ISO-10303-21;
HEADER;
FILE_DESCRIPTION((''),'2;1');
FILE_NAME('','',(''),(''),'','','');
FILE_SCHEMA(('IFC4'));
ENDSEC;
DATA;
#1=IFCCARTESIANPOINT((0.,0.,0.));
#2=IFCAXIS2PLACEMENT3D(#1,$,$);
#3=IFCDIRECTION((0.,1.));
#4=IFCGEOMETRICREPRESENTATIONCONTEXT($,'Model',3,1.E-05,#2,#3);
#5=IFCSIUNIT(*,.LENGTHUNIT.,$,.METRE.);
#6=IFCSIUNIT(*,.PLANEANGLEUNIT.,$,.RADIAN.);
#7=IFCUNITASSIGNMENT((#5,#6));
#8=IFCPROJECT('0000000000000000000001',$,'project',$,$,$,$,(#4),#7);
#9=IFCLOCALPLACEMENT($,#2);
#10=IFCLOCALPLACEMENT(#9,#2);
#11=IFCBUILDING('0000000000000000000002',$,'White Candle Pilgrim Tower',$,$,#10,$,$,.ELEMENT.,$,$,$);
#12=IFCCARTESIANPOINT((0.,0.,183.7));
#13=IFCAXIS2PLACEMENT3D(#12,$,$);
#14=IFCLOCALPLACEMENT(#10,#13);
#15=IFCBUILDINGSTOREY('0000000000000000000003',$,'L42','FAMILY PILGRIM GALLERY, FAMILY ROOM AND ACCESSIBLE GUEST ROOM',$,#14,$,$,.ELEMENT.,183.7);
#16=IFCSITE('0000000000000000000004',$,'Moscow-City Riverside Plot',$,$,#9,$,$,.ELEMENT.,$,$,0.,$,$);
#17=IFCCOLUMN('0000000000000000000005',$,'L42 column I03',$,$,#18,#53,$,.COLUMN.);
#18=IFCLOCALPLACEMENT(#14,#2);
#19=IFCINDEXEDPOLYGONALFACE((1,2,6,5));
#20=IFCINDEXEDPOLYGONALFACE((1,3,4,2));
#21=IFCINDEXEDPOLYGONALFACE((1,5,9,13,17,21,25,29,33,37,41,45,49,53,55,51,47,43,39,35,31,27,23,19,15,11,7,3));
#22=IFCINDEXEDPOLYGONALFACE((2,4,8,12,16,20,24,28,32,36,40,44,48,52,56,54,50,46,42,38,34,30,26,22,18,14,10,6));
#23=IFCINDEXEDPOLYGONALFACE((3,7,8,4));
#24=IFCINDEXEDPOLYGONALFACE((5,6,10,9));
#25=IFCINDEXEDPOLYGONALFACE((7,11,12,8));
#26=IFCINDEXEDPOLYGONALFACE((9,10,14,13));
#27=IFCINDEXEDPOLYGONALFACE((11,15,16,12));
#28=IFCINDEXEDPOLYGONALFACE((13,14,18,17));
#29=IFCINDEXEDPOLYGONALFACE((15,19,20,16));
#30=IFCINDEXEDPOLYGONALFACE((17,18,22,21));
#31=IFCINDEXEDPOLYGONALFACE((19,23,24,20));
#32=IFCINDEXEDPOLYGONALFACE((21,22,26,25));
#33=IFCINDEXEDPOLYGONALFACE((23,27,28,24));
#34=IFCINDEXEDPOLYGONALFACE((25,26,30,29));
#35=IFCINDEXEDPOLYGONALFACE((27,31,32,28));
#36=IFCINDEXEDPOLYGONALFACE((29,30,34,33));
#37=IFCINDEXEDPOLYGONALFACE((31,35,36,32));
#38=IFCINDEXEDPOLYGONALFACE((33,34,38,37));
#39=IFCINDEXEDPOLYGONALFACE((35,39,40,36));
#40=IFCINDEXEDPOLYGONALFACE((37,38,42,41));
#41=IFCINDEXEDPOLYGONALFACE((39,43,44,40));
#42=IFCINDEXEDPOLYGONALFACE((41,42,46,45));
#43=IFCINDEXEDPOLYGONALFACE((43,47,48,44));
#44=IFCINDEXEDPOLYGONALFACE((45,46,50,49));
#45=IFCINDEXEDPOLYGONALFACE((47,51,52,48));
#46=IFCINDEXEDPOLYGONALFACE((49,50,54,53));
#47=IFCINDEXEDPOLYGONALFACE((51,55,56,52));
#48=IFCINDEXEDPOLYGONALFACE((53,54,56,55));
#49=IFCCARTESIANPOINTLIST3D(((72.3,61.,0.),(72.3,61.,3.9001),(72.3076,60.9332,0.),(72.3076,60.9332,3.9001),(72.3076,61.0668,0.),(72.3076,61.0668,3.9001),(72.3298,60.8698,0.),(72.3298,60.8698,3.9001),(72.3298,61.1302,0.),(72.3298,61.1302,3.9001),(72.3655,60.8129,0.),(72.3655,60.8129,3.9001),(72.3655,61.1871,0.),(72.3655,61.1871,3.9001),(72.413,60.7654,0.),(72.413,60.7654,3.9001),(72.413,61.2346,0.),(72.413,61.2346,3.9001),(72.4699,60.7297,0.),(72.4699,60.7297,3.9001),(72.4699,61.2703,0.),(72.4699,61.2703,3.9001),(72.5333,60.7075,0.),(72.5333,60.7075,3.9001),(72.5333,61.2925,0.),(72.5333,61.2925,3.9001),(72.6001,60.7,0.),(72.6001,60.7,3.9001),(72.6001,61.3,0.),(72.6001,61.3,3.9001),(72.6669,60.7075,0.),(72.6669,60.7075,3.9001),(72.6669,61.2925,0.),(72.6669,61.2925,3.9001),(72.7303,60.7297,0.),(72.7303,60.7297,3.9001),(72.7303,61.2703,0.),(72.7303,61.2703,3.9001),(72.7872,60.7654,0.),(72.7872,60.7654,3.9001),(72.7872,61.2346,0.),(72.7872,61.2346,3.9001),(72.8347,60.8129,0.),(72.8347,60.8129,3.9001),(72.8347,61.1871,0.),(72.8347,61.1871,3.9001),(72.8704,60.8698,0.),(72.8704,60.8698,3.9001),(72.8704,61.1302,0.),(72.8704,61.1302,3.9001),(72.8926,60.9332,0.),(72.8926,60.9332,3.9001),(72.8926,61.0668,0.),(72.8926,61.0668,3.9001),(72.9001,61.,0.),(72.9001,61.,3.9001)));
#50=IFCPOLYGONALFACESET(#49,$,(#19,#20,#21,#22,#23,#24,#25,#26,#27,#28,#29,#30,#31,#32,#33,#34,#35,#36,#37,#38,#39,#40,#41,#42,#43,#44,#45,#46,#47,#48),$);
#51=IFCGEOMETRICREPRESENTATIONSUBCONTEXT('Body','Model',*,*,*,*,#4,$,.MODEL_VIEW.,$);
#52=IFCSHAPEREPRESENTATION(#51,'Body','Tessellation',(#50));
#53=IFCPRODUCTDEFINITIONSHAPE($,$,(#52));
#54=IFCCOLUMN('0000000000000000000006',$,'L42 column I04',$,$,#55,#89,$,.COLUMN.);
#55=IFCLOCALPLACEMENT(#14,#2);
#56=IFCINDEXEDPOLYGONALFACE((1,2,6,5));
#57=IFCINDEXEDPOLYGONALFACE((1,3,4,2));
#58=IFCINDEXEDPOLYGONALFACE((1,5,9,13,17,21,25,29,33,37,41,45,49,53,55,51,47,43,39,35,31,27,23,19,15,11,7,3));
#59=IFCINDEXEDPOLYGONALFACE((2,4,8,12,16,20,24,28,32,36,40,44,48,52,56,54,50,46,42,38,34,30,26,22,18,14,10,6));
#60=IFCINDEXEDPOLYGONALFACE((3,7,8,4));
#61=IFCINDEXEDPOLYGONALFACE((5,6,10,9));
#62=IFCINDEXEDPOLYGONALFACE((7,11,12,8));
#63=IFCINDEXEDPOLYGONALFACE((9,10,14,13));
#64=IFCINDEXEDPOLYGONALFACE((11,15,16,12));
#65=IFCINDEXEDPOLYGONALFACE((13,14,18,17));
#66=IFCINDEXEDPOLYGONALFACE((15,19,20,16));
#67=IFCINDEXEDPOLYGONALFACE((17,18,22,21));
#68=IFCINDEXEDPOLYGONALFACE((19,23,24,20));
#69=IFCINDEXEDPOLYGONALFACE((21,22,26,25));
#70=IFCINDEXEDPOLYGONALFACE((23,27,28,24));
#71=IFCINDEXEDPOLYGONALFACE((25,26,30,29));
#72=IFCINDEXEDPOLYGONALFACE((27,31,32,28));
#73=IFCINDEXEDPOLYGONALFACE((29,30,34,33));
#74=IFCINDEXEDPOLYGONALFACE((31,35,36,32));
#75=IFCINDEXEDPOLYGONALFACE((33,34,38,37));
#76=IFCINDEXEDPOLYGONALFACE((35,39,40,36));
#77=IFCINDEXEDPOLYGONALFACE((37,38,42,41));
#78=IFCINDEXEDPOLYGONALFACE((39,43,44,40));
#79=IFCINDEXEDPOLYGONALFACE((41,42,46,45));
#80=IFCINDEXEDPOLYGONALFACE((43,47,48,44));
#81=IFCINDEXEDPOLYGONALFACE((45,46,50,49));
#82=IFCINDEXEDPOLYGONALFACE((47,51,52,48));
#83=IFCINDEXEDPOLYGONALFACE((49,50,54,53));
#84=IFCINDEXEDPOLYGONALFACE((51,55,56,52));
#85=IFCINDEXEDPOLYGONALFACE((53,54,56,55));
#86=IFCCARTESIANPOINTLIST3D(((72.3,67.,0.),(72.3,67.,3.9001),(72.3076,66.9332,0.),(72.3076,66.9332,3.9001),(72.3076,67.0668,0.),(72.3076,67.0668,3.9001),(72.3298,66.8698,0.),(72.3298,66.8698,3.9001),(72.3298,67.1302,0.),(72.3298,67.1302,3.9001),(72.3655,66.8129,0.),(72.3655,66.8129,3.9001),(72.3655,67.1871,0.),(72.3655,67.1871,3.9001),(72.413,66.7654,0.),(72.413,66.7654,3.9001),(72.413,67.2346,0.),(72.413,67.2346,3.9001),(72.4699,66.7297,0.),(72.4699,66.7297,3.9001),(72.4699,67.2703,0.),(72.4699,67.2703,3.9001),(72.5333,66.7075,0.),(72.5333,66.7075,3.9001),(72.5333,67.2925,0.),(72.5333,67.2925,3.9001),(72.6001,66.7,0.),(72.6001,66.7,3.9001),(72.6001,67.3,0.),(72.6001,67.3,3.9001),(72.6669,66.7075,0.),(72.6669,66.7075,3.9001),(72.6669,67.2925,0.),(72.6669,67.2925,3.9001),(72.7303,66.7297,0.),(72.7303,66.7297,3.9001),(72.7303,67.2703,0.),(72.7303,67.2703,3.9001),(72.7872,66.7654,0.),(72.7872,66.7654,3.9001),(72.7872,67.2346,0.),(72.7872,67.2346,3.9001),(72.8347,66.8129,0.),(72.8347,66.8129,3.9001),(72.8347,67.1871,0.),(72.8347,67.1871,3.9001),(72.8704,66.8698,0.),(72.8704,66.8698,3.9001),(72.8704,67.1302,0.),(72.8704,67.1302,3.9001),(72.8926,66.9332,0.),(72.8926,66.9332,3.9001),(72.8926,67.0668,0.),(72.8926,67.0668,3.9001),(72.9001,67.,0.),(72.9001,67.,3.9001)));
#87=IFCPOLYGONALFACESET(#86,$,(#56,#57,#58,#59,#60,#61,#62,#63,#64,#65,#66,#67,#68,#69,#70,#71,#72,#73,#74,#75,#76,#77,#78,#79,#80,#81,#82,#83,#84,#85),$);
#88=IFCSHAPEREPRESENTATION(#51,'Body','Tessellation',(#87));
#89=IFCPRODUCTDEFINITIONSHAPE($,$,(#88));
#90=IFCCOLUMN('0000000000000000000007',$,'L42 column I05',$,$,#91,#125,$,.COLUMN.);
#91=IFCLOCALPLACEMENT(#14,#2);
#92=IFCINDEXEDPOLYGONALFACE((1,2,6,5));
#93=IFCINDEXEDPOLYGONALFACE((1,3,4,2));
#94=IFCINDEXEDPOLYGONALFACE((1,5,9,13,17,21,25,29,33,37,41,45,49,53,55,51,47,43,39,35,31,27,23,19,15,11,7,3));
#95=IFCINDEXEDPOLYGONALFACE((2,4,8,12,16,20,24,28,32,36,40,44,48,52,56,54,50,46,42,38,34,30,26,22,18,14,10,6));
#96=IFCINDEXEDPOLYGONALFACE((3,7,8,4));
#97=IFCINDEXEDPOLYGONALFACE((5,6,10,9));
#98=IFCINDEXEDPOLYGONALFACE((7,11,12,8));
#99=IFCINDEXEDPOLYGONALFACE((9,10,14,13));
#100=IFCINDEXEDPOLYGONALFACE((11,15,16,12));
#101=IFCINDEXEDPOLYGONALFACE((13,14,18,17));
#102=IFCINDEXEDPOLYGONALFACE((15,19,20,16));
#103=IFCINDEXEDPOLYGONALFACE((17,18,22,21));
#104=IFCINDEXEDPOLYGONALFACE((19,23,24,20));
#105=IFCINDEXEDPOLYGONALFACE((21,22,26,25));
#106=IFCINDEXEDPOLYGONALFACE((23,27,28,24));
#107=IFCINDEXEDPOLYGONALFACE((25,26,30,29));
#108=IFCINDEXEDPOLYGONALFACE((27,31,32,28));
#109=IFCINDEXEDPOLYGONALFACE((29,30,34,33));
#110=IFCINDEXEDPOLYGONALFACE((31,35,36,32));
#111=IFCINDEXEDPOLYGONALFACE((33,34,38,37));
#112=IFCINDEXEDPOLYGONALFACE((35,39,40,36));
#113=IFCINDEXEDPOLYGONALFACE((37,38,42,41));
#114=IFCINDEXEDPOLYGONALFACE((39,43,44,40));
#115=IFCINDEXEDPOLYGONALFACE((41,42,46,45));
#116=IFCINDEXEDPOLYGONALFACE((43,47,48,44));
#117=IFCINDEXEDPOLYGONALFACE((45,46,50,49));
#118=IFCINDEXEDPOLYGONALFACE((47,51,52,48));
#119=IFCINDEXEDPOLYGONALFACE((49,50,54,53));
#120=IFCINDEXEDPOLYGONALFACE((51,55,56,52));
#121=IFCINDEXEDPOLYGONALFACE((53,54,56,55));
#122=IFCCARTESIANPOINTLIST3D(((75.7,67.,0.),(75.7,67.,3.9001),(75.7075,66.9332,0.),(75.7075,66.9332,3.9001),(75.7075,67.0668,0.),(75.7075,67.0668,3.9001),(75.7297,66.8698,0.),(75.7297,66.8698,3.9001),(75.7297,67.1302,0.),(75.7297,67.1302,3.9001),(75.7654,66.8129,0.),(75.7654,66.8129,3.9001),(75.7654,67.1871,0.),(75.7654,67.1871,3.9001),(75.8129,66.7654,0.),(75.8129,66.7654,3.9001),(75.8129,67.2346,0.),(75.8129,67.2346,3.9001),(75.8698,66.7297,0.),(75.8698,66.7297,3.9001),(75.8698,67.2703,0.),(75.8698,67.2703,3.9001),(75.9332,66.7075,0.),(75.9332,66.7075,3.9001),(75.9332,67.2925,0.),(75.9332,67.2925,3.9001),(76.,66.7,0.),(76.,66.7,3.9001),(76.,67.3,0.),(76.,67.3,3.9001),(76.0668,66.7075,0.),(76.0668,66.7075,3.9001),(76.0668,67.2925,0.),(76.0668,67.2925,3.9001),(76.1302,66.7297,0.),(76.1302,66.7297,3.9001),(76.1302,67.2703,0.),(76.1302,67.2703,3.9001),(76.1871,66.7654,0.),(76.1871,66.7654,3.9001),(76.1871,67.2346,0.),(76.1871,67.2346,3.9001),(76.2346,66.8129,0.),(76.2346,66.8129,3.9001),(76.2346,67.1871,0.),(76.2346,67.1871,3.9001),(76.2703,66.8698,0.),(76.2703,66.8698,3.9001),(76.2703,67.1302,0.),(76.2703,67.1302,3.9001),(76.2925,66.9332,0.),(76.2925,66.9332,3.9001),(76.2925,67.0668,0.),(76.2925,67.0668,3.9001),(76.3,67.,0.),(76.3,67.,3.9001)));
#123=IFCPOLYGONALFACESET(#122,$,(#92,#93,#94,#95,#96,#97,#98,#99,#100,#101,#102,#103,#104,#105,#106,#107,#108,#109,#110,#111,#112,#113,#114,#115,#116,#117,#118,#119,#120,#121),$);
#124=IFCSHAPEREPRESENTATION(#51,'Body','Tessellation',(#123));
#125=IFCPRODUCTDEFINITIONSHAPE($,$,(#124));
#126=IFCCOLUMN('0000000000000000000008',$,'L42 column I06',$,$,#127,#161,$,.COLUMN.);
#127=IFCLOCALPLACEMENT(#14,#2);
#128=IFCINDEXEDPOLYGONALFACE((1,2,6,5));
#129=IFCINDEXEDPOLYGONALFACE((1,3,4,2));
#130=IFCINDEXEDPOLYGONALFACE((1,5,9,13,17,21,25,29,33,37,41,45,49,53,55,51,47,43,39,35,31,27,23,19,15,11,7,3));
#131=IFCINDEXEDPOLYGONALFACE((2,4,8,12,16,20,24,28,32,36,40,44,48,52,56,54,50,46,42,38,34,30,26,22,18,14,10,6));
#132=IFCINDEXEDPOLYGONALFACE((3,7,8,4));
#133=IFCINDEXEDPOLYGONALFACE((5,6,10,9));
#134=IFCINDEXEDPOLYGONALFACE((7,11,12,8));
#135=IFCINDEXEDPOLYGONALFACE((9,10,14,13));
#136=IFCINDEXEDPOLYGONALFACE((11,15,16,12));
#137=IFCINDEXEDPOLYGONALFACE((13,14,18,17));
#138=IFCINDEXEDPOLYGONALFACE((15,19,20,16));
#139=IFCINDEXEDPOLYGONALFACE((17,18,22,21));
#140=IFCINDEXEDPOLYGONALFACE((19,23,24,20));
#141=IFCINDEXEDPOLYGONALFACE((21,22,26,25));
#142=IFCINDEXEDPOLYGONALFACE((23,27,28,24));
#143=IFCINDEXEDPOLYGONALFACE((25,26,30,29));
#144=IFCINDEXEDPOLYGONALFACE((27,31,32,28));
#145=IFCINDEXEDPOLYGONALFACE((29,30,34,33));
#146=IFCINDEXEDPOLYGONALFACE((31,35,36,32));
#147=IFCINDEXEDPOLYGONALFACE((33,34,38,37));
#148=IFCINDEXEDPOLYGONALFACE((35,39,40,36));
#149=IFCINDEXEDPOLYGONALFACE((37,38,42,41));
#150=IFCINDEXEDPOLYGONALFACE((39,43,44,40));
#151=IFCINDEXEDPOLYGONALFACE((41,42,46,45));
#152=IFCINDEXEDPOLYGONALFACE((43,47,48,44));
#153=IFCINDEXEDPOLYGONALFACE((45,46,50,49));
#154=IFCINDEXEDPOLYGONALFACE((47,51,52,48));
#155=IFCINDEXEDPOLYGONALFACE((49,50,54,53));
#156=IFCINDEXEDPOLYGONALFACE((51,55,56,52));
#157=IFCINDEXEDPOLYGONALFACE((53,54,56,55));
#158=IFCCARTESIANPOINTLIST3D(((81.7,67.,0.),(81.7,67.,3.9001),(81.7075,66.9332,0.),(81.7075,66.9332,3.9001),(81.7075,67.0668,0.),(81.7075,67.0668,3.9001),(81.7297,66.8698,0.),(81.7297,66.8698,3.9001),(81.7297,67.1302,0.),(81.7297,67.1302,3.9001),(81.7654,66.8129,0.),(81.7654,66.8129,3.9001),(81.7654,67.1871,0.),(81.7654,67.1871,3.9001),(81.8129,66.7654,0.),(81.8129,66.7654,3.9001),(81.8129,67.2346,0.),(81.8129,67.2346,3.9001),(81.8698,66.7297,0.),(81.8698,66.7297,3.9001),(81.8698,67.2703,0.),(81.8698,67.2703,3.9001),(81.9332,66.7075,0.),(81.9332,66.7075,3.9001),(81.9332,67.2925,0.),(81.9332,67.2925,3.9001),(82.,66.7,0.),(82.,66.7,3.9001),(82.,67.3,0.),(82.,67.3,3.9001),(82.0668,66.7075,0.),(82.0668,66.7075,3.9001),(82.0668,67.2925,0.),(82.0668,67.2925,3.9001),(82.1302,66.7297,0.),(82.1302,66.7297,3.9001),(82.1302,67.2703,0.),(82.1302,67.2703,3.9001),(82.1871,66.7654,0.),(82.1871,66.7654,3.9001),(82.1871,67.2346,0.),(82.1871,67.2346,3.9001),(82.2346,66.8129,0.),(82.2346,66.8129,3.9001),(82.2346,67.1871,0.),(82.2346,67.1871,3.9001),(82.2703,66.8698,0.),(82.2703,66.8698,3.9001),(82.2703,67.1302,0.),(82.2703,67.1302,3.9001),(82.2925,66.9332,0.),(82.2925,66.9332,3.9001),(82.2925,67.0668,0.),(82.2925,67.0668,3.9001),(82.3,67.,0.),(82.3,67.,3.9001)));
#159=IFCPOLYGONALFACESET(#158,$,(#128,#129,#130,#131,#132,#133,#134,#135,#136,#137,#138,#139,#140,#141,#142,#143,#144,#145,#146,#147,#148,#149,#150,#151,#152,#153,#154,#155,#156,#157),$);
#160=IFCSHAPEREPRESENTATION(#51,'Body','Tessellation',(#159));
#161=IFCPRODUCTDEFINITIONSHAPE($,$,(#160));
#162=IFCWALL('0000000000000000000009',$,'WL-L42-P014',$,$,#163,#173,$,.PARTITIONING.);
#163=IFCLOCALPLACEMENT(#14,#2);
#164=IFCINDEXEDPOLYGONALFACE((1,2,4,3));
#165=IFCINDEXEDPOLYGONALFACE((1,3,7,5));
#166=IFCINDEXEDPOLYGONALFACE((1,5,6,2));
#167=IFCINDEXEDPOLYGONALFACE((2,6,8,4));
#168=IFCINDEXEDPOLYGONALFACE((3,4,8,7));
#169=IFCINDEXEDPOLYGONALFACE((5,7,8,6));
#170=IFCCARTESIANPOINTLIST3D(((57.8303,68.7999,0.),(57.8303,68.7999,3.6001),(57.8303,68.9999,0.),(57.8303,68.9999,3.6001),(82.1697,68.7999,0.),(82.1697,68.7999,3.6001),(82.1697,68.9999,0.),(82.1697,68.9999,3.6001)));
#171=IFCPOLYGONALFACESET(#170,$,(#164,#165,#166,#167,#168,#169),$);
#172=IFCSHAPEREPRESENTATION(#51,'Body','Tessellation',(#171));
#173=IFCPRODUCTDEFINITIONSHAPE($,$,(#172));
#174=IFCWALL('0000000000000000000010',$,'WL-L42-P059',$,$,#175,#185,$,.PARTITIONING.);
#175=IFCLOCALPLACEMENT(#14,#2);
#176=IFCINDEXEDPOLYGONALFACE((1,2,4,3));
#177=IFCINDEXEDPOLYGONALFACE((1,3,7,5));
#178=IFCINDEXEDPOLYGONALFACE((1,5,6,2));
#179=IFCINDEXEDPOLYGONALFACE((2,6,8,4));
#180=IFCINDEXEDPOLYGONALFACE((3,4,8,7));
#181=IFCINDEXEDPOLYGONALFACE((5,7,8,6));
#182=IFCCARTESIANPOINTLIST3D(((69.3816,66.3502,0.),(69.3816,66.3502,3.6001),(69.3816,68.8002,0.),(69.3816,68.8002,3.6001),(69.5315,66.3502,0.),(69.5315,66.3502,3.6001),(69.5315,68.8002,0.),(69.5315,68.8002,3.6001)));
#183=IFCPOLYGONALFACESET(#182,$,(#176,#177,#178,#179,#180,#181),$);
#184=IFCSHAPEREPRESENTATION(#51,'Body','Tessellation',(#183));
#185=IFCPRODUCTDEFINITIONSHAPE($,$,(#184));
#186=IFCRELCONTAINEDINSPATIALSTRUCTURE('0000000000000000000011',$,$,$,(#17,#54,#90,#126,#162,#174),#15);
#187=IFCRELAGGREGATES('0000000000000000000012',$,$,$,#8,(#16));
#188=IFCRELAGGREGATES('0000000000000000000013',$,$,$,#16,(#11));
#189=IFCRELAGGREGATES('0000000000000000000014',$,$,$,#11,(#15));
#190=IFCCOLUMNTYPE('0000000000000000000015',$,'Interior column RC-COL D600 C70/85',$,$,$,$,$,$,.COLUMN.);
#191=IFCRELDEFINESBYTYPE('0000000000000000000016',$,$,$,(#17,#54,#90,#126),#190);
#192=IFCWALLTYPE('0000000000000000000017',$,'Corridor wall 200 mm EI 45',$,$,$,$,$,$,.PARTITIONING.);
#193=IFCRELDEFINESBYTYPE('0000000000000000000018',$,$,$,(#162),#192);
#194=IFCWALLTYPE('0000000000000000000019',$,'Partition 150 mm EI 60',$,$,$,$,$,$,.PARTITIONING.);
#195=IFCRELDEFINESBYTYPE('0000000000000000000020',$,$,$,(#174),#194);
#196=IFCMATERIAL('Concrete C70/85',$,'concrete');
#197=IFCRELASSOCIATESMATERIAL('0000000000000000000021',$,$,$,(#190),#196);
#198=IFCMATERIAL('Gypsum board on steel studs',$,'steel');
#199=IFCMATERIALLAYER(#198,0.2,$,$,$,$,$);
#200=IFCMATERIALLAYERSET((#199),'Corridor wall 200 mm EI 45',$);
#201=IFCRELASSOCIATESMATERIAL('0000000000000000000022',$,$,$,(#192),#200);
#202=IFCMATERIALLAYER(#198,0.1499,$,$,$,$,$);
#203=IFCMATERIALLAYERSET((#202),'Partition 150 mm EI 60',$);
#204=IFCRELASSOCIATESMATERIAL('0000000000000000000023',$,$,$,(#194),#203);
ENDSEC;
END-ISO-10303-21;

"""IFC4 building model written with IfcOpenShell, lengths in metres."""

from ifc_helpers import new_model, si_unit, direction, frame, frame_2d, origin, origin_2d, place, context, subcontext, project, spatial, rectangle, circle, extrude, material, layer, layer_set, material_profile, profile_set, type_object, element, save


model = new_model("IFC4")

# Units and contexts
model_context = context("Model", 3, precision=1e-05, world=origin(), true_north=direction((0.0, 1.0)))
body_context = subcontext(model_context, "Body", "Model", "MODEL_VIEW")
ifc_project = project(units=[si_unit("LENGTHUNIT", "METRE"), si_unit("PLANEANGLEUNIT", "RADIAN")], contexts=[model_context])

# Site, building, storey
site_placement = place(None, origin())
site = spatial("IfcSite", under=ifc_project, at=site_placement, Name="Moscow-City Riverside Plot", CompositionType="ELEMENT", RefElevation=0.0)
building_placement = place(site_placement, origin())
building = spatial("IfcBuilding", under=site, at=building_placement, Name="White Candle Pilgrim Tower", CompositionType="ELEMENT")
storey_placement = place(building_placement, frame((0.0, 0.0, 183.7)))
storey = spatial("IfcBuildingStorey", under=building, at=storey_placement, Name="L42", Description="FAMILY PILGRIM GALLERY, FAMILY ROOM AND ACCESSIBLE GUEST ROOM", CompositionType="ELEMENT", Elevation=183.7)

# Columns
ifc_material_1 = material(Name="Concrete C70/85", Category="concrete")
ifc_material_profile = material_profile(ifc_material_1, circle(Radius=0.3, at=origin_2d()), Name="RC-COL D600")
ifc_profile_set = profile_set([ifc_material_profile], Name="Concrete C70/85")
column_type = type_object("IfcColumnType", Name="Interior column RC-COL D600 C70/85", PredefinedType="COLUMN", material=ifc_profile_set)
for number, where, z_axis, x_axis, name in (
    (1, (72.6001, 61.0, 0.0), (0.0, 0.0, 1.0), (1.0, 0.0, 0.0), "L42 column I03"),
    (2, (72.6001, 67.0, 0.0), (0.0, 0.0, 1.0), (1.0, 0.0, 0.0), "L42 column I04"),
    (3, (76.0, 67.0, 0.0), (0.0, 0.0, 1.0), (1.0, 0.0, 0.0), "L42 column I05"),
    (4, (82.0, 67.0, 0.0), (0.0, 0.0, 1.0), (1.0, 0.0, 0.0), "L42 column I06"),
):
    element("IfcColumn", number, at=place(storey_placement, frame(where, z_axis=z_axis, x_axis=x_axis)), inside=storey, type_object=column_type, Name=name, PredefinedType="COLUMN", context=body_context, shape_type="SweptSolid", body=[
        extrude(circle(Radius=0.3, at=origin_2d()), origin(), (0.0, 0.0, 1.0), 3.9001),
    ])

# Walls
ifc_material_2 = material(Name="Gypsum board on steel studs", Category="steel")
ifc_layer_1 = layer(ifc_material_2, 0.2)
ifc_layer_set_1 = layer_set([ifc_layer_1], Name="Corridor wall 200 mm EI 45")
wall_type_1 = type_object("IfcWallType", Name="Corridor wall 200 mm EI 45", PredefinedType="PARTITIONING", material=ifc_layer_set_1)
wall_1_placement = place(storey_placement, frame((82.1697, 68.8999, 0.0), z_axis=(0.0, 0.0, 1.0), x_axis=(-1.0, 0.0, 0.0)))
element("IfcWall", 5, at=wall_1_placement, inside=storey, type_object=wall_type_1, Name="WL-L42-P014", PredefinedType="PARTITIONING", context=body_context, shape_type="SweptSolid", body=[
    extrude(rectangle(XDim=24.3394, YDim=0.2, at=frame_2d((12.1697, 0.0))), origin(), (0.0, 0.0, 1.0), 3.6001),
])
ifc_layer_2 = layer(ifc_material_2, 0.1499)
ifc_layer_set_2 = layer_set([ifc_layer_2], Name="Partition 150 mm EI 60")
wall_type_2 = type_object("IfcWallType", Name="Partition 150 mm EI 60", PredefinedType="PARTITIONING", material=ifc_layer_set_2)
wall_2_placement = place(storey_placement, frame((69.4565, 66.3501, 0.0), z_axis=(0.0, 0.0, 1.0), x_axis=(0.0, 1.0, 0.0)))
element("IfcWall", 6, at=wall_2_placement, inside=storey, type_object=wall_type_2, Name="WL-L42-P059", PredefinedType="PARTITIONING", context=body_context, shape_type="SweptSolid", body=[
    extrude(rectangle(XDim=2.45, YDim=0.1499, at=frame_2d((1.2251, 0.0))), origin(), (0.0, 0.0, 1.0), 3.6001),
])

save(model, "model.ifc")
